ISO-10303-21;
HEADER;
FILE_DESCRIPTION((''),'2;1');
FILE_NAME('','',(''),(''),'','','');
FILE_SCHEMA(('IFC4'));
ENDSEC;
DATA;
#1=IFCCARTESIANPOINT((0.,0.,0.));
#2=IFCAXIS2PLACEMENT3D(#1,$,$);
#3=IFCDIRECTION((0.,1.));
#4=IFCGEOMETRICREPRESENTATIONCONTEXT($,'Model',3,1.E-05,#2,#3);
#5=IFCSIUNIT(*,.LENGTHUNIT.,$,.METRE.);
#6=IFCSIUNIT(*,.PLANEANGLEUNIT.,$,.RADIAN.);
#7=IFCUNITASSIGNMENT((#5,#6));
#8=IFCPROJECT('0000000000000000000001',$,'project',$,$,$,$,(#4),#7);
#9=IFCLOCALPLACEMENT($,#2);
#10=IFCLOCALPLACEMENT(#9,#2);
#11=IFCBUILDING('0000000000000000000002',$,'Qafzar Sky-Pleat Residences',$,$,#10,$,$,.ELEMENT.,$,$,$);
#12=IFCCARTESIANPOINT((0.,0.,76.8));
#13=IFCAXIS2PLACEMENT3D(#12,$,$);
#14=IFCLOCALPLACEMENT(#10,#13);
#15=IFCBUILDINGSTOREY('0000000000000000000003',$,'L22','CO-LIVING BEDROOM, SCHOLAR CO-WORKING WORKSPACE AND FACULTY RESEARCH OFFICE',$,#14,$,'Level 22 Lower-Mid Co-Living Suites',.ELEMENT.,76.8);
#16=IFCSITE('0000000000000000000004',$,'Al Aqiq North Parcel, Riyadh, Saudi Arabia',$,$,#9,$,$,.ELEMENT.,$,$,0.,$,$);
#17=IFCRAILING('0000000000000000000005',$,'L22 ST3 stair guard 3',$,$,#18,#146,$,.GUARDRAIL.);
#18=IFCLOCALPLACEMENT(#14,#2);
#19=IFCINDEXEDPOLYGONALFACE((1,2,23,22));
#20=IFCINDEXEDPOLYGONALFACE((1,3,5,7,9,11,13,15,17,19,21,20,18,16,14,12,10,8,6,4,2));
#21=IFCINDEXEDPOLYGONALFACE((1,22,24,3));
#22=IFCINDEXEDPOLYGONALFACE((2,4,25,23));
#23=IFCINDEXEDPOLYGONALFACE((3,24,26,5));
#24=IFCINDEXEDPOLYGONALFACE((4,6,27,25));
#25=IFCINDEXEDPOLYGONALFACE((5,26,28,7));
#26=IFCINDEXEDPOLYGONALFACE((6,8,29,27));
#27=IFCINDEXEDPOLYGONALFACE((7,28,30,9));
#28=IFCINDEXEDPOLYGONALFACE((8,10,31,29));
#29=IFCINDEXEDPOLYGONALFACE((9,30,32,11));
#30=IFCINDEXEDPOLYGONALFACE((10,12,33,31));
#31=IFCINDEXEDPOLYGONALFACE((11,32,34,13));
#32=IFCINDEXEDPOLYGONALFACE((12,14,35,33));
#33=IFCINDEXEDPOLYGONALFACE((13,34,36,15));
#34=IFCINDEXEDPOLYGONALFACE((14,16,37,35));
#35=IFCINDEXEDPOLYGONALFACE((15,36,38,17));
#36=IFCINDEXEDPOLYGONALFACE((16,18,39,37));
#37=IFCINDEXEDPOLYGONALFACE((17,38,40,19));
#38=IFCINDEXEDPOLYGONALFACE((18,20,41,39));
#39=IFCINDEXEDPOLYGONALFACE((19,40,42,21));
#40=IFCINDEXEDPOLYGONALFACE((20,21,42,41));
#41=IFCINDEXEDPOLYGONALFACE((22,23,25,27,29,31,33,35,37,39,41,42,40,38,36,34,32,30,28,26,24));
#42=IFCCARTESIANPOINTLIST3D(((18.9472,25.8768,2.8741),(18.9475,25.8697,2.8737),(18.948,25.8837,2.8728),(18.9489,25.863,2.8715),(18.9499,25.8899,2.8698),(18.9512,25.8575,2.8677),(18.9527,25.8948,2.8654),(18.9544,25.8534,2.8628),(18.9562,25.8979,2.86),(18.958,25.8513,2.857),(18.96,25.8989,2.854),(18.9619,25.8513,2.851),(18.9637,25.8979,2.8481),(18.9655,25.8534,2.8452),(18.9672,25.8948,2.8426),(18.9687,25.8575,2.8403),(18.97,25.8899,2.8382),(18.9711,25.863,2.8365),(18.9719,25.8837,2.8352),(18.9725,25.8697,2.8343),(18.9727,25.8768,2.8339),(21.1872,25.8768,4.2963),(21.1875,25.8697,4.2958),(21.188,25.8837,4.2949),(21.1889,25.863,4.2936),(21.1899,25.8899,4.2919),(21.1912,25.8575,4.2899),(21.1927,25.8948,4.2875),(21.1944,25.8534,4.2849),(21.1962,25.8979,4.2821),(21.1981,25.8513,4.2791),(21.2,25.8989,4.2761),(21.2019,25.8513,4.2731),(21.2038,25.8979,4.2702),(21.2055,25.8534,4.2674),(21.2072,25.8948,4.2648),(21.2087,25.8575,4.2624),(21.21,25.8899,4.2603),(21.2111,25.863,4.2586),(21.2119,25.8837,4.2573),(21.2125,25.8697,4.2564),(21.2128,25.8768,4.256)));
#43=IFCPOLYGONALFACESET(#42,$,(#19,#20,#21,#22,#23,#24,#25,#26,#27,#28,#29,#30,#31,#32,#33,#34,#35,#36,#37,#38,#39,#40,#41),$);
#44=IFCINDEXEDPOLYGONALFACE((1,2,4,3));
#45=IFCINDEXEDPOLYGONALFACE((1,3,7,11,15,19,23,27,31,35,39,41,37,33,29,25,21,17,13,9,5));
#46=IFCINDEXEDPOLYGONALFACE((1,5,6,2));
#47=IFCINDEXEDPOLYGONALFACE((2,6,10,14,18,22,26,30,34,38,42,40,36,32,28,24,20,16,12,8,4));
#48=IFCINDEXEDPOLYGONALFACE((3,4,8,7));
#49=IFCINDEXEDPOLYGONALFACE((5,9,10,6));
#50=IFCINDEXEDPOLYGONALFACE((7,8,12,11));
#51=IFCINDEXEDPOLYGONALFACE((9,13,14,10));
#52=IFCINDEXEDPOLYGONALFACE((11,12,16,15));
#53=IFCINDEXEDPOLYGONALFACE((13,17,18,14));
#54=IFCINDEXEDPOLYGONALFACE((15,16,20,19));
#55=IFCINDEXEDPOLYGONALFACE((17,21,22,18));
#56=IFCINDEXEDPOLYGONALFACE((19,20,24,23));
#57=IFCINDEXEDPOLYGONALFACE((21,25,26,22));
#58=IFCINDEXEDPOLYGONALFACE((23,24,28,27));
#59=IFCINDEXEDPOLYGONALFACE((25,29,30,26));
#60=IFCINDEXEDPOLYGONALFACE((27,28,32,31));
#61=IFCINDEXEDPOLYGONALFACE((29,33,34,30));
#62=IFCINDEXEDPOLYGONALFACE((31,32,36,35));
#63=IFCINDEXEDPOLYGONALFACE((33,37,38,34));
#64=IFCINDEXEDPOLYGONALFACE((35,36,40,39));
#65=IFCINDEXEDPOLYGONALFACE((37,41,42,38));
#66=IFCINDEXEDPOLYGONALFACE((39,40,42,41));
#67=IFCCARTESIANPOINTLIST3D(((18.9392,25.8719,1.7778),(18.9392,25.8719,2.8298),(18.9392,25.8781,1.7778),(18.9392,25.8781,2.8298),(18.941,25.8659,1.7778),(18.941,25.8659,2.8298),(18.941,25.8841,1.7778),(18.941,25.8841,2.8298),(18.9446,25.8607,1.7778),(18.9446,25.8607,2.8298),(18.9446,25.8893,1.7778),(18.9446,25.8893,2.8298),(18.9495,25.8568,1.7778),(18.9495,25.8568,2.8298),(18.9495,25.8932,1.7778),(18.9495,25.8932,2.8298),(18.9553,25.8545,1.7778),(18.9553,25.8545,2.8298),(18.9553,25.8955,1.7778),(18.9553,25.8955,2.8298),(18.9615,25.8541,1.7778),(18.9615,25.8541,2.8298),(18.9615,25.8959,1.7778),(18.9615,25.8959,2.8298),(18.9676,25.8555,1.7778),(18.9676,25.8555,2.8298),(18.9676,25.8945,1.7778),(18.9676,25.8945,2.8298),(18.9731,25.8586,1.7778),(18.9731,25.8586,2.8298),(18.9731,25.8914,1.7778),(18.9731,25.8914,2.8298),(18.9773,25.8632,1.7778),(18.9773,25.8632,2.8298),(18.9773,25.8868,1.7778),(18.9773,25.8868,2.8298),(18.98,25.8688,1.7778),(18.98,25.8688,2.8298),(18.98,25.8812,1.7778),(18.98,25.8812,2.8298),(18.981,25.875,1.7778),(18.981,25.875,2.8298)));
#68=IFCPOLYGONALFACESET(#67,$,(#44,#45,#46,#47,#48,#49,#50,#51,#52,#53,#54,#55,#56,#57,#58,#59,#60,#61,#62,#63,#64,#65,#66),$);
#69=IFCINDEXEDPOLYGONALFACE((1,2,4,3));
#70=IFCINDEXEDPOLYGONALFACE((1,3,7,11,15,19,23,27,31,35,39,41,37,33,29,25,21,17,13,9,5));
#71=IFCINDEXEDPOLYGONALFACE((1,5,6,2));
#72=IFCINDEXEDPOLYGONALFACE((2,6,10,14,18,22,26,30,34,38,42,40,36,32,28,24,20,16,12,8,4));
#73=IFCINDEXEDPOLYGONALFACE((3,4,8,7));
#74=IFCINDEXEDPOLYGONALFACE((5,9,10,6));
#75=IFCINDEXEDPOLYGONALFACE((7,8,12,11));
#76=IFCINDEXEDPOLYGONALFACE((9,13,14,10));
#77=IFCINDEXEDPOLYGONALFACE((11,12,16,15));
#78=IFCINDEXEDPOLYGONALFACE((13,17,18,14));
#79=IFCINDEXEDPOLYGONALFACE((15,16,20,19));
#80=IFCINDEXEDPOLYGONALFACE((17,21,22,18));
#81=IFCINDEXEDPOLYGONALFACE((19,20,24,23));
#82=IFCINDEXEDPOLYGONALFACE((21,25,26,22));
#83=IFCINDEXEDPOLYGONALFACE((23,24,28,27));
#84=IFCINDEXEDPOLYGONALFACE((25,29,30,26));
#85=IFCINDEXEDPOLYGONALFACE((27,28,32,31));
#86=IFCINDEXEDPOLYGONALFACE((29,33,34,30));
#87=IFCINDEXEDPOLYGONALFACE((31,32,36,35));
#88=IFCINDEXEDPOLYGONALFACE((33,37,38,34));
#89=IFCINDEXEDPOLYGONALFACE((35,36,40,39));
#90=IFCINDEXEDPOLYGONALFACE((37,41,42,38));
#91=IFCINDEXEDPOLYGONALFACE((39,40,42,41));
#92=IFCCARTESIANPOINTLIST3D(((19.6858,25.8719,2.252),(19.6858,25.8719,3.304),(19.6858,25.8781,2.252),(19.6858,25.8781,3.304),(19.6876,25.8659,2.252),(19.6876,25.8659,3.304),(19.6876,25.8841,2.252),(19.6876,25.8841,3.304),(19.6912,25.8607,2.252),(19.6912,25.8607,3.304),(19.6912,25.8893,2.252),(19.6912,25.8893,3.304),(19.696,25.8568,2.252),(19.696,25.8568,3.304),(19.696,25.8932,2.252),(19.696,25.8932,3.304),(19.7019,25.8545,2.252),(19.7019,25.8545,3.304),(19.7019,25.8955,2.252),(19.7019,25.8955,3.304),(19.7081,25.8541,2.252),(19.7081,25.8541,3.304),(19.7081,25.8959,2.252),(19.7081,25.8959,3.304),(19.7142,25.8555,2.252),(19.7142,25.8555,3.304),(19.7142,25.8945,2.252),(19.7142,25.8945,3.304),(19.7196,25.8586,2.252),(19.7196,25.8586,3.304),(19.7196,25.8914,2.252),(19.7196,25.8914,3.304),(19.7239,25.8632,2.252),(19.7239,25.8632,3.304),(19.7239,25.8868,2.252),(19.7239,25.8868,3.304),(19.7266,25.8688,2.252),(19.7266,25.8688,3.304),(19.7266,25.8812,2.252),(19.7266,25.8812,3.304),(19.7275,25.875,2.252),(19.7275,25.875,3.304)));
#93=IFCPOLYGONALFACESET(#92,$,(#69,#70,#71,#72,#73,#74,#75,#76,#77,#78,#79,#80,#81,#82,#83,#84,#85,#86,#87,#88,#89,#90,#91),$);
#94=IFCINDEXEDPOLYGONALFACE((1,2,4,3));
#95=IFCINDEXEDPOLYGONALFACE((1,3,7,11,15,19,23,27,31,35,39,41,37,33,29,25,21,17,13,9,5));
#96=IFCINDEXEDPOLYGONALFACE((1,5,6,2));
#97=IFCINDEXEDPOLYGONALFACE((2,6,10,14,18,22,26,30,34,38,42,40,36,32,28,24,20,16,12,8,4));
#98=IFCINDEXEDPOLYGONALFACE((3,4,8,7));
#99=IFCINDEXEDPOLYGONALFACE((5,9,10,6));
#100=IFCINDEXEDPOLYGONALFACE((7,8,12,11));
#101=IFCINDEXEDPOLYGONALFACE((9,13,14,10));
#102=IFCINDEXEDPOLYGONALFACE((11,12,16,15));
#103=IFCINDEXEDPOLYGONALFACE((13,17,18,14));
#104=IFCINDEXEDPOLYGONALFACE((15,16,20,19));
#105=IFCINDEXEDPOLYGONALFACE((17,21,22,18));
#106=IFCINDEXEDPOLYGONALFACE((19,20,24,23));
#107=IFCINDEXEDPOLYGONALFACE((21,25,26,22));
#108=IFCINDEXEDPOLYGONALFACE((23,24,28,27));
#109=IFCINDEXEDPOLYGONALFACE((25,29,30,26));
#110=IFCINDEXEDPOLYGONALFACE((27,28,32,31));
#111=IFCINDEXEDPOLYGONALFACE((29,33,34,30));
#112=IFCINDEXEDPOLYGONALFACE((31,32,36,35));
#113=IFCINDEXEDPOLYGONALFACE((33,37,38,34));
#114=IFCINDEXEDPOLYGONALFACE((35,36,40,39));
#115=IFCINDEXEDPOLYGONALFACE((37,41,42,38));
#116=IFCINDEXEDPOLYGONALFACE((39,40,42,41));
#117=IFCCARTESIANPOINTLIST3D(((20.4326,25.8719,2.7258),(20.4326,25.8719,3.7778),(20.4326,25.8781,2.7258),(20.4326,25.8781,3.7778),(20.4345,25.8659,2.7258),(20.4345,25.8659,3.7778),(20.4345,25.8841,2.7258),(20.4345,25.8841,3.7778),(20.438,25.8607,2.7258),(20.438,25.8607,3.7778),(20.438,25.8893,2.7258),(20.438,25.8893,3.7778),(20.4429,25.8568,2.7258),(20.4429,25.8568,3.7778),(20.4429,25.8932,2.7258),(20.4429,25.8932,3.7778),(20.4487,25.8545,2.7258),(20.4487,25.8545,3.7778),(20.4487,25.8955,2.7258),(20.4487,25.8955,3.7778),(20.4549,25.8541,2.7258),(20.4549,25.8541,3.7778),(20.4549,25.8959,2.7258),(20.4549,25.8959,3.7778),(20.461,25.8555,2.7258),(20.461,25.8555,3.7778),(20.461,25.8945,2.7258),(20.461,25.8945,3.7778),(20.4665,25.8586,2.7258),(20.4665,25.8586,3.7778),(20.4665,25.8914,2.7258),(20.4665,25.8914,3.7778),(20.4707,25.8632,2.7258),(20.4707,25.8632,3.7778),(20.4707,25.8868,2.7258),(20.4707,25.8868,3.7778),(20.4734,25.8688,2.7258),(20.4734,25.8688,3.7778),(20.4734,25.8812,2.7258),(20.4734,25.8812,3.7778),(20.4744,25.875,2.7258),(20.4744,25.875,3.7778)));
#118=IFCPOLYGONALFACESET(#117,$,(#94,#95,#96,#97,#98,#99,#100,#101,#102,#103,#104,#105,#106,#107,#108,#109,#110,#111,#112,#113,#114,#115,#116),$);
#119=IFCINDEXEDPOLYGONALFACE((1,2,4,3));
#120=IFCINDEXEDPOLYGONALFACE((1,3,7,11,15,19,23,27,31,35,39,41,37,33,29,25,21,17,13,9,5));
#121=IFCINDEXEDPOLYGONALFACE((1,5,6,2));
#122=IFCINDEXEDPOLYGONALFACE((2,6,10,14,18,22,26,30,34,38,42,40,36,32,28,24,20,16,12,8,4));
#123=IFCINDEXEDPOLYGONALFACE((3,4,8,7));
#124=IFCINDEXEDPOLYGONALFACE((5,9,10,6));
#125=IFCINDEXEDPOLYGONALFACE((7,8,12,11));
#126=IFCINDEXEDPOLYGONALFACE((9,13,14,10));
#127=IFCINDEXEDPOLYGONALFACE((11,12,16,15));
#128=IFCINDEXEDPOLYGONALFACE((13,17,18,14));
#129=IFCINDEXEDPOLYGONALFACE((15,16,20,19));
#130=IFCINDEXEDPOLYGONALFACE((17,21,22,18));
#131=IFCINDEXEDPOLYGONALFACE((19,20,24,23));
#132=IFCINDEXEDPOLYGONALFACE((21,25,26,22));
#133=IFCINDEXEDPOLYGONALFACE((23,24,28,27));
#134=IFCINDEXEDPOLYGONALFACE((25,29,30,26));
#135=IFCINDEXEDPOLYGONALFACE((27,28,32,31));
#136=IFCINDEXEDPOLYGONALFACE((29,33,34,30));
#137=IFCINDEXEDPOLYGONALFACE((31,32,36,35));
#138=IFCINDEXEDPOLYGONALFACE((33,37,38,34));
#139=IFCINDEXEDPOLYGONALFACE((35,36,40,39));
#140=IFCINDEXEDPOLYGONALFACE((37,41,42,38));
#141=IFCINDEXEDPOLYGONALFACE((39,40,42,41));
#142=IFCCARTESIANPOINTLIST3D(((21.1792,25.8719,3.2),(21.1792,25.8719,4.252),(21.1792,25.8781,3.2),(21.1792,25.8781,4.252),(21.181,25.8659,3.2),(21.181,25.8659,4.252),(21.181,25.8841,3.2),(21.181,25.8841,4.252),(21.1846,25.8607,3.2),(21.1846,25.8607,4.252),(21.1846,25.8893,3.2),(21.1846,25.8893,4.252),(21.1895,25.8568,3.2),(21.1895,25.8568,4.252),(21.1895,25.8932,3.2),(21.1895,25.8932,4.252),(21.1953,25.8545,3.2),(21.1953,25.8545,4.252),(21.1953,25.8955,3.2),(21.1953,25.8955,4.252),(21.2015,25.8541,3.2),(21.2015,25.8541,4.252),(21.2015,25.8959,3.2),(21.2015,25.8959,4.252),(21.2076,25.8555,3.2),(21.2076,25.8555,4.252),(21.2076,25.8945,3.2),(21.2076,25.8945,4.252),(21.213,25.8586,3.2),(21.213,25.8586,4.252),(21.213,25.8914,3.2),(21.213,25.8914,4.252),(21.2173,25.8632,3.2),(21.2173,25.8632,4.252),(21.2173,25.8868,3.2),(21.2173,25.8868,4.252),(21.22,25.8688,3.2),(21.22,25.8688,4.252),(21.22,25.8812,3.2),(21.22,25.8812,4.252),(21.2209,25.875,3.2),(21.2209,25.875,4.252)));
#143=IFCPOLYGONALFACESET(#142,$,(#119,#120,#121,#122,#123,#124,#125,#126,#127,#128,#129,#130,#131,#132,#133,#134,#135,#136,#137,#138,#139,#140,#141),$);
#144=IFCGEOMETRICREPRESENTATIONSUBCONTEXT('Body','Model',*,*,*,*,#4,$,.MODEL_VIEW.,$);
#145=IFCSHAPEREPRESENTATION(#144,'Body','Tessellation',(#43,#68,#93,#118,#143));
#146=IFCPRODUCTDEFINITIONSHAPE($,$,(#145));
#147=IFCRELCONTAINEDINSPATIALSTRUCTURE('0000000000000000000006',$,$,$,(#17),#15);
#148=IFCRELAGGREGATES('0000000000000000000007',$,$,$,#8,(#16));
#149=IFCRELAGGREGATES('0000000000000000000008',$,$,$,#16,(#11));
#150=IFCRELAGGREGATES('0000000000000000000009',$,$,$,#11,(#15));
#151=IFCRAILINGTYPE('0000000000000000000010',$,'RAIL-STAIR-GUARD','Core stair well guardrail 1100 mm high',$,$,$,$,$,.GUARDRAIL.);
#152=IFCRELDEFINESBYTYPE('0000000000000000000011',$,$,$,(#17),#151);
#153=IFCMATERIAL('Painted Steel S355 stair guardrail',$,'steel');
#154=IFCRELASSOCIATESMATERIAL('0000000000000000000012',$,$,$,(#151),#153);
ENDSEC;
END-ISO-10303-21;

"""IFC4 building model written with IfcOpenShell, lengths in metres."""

from ifc_helpers import new_model, si_unit, direction, frame, origin, origin_2d, place, context, subcontext, project, spatial, circle, extrude, source, transform, mapped, material, type_object, element, save


model = new_model("IFC4")

# Units and contexts
model_context = context("Model", 3, precision=1e-05, world=origin(), true_north=direction((0.0, 1.0)))
body_context = subcontext(model_context, "Body", "Model", "MODEL_VIEW")
ifc_project = project(units=[si_unit("LENGTHUNIT", "METRE"), si_unit("PLANEANGLEUNIT", "RADIAN")], contexts=[model_context])

# Site, building, storey
site_placement = place(None, origin())
site = spatial("IfcSite", under=ifc_project, at=site_placement, Name="Al Aqiq North Parcel, Riyadh, Saudi Arabia", CompositionType="ELEMENT", RefElevation=0.0)
building_placement = place(site_placement, origin())
building = spatial("IfcBuilding", under=site, at=building_placement, Name="Qafzar Sky-Pleat Residences", CompositionType="ELEMENT")
storey_placement = place(building_placement, frame((0.0, 0.0, 76.8)))
storey = spatial("IfcBuildingStorey", under=building, at=storey_placement, Name="L22", Description="CO-LIVING BEDROOM, SCHOLAR CO-WORKING WORKSPACE AND FACULTY RESEARCH OFFICE", LongName="Level 22 Lower-Mid Co-Living Suites", CompositionType="ELEMENT", Elevation=76.8)

# Railing
ifc_material_1 = material(Name="Painted Steel S355 stair guardrail", Category="steel")
railing_type = type_object("IfcRailingType", Name="RAIL-STAIR-GUARD", Description="Core stair well guardrail 1100 mm high", PredefinedType="GUARDRAIL", material=ifc_material_1)
shared_shape_1 = source(origin(), body_context, "Body", "SweptSolid", [
    extrude(circle(Radius=0.0239, at=origin_2d()), frame((0.0, 0.0, 1.0762), z_axis=(0.844229, 0.0, 0.535982), x_axis=(0.0, 1.0, 0.0)), (0.0, 0.0, 1.0), 2.6533),
    extrude(circle(Radius=0.021, at=origin_2d()), origin(), (0.0, 0.0, 1.0), 1.052),
    extrude(circle(Radius=0.021, at=origin_2d()), frame((0.7466, 0.0, 0.4741)), (0.0, 0.0, 1.0), 1.052),
    extrude(circle(Radius=0.021, at=origin_2d()), frame((1.4934, 0.0, 0.948)), (0.0, 0.0, 1.0), 1.052),
    extrude(circle(Radius=0.021, at=origin_2d()), frame((2.24, 0.0, 1.4221)), (0.0, 0.0, 1.0), 1.052),
])
railing_1_placement = place(storey_placement, frame((18.96, 25.875, 1.7778)))
element("IfcRailing", 1, at=railing_1_placement, inside=storey, type_object=railing_type, Name="L22 ST3 stair guard 3", PredefinedType="GUARDRAIL", context=body_context, shape_type="MappedRepresentation", body=[
    mapped(shared_shape_1, transform((0.0, 0.0, 0.0), x_axis=(1.0, 0.0, 0.0), y_axis=(0.0, 1.0, 0.0), z_axis=(0.0, 0.0, 1.0), scale=1.0)),
])

save(model, "model.ifc")
